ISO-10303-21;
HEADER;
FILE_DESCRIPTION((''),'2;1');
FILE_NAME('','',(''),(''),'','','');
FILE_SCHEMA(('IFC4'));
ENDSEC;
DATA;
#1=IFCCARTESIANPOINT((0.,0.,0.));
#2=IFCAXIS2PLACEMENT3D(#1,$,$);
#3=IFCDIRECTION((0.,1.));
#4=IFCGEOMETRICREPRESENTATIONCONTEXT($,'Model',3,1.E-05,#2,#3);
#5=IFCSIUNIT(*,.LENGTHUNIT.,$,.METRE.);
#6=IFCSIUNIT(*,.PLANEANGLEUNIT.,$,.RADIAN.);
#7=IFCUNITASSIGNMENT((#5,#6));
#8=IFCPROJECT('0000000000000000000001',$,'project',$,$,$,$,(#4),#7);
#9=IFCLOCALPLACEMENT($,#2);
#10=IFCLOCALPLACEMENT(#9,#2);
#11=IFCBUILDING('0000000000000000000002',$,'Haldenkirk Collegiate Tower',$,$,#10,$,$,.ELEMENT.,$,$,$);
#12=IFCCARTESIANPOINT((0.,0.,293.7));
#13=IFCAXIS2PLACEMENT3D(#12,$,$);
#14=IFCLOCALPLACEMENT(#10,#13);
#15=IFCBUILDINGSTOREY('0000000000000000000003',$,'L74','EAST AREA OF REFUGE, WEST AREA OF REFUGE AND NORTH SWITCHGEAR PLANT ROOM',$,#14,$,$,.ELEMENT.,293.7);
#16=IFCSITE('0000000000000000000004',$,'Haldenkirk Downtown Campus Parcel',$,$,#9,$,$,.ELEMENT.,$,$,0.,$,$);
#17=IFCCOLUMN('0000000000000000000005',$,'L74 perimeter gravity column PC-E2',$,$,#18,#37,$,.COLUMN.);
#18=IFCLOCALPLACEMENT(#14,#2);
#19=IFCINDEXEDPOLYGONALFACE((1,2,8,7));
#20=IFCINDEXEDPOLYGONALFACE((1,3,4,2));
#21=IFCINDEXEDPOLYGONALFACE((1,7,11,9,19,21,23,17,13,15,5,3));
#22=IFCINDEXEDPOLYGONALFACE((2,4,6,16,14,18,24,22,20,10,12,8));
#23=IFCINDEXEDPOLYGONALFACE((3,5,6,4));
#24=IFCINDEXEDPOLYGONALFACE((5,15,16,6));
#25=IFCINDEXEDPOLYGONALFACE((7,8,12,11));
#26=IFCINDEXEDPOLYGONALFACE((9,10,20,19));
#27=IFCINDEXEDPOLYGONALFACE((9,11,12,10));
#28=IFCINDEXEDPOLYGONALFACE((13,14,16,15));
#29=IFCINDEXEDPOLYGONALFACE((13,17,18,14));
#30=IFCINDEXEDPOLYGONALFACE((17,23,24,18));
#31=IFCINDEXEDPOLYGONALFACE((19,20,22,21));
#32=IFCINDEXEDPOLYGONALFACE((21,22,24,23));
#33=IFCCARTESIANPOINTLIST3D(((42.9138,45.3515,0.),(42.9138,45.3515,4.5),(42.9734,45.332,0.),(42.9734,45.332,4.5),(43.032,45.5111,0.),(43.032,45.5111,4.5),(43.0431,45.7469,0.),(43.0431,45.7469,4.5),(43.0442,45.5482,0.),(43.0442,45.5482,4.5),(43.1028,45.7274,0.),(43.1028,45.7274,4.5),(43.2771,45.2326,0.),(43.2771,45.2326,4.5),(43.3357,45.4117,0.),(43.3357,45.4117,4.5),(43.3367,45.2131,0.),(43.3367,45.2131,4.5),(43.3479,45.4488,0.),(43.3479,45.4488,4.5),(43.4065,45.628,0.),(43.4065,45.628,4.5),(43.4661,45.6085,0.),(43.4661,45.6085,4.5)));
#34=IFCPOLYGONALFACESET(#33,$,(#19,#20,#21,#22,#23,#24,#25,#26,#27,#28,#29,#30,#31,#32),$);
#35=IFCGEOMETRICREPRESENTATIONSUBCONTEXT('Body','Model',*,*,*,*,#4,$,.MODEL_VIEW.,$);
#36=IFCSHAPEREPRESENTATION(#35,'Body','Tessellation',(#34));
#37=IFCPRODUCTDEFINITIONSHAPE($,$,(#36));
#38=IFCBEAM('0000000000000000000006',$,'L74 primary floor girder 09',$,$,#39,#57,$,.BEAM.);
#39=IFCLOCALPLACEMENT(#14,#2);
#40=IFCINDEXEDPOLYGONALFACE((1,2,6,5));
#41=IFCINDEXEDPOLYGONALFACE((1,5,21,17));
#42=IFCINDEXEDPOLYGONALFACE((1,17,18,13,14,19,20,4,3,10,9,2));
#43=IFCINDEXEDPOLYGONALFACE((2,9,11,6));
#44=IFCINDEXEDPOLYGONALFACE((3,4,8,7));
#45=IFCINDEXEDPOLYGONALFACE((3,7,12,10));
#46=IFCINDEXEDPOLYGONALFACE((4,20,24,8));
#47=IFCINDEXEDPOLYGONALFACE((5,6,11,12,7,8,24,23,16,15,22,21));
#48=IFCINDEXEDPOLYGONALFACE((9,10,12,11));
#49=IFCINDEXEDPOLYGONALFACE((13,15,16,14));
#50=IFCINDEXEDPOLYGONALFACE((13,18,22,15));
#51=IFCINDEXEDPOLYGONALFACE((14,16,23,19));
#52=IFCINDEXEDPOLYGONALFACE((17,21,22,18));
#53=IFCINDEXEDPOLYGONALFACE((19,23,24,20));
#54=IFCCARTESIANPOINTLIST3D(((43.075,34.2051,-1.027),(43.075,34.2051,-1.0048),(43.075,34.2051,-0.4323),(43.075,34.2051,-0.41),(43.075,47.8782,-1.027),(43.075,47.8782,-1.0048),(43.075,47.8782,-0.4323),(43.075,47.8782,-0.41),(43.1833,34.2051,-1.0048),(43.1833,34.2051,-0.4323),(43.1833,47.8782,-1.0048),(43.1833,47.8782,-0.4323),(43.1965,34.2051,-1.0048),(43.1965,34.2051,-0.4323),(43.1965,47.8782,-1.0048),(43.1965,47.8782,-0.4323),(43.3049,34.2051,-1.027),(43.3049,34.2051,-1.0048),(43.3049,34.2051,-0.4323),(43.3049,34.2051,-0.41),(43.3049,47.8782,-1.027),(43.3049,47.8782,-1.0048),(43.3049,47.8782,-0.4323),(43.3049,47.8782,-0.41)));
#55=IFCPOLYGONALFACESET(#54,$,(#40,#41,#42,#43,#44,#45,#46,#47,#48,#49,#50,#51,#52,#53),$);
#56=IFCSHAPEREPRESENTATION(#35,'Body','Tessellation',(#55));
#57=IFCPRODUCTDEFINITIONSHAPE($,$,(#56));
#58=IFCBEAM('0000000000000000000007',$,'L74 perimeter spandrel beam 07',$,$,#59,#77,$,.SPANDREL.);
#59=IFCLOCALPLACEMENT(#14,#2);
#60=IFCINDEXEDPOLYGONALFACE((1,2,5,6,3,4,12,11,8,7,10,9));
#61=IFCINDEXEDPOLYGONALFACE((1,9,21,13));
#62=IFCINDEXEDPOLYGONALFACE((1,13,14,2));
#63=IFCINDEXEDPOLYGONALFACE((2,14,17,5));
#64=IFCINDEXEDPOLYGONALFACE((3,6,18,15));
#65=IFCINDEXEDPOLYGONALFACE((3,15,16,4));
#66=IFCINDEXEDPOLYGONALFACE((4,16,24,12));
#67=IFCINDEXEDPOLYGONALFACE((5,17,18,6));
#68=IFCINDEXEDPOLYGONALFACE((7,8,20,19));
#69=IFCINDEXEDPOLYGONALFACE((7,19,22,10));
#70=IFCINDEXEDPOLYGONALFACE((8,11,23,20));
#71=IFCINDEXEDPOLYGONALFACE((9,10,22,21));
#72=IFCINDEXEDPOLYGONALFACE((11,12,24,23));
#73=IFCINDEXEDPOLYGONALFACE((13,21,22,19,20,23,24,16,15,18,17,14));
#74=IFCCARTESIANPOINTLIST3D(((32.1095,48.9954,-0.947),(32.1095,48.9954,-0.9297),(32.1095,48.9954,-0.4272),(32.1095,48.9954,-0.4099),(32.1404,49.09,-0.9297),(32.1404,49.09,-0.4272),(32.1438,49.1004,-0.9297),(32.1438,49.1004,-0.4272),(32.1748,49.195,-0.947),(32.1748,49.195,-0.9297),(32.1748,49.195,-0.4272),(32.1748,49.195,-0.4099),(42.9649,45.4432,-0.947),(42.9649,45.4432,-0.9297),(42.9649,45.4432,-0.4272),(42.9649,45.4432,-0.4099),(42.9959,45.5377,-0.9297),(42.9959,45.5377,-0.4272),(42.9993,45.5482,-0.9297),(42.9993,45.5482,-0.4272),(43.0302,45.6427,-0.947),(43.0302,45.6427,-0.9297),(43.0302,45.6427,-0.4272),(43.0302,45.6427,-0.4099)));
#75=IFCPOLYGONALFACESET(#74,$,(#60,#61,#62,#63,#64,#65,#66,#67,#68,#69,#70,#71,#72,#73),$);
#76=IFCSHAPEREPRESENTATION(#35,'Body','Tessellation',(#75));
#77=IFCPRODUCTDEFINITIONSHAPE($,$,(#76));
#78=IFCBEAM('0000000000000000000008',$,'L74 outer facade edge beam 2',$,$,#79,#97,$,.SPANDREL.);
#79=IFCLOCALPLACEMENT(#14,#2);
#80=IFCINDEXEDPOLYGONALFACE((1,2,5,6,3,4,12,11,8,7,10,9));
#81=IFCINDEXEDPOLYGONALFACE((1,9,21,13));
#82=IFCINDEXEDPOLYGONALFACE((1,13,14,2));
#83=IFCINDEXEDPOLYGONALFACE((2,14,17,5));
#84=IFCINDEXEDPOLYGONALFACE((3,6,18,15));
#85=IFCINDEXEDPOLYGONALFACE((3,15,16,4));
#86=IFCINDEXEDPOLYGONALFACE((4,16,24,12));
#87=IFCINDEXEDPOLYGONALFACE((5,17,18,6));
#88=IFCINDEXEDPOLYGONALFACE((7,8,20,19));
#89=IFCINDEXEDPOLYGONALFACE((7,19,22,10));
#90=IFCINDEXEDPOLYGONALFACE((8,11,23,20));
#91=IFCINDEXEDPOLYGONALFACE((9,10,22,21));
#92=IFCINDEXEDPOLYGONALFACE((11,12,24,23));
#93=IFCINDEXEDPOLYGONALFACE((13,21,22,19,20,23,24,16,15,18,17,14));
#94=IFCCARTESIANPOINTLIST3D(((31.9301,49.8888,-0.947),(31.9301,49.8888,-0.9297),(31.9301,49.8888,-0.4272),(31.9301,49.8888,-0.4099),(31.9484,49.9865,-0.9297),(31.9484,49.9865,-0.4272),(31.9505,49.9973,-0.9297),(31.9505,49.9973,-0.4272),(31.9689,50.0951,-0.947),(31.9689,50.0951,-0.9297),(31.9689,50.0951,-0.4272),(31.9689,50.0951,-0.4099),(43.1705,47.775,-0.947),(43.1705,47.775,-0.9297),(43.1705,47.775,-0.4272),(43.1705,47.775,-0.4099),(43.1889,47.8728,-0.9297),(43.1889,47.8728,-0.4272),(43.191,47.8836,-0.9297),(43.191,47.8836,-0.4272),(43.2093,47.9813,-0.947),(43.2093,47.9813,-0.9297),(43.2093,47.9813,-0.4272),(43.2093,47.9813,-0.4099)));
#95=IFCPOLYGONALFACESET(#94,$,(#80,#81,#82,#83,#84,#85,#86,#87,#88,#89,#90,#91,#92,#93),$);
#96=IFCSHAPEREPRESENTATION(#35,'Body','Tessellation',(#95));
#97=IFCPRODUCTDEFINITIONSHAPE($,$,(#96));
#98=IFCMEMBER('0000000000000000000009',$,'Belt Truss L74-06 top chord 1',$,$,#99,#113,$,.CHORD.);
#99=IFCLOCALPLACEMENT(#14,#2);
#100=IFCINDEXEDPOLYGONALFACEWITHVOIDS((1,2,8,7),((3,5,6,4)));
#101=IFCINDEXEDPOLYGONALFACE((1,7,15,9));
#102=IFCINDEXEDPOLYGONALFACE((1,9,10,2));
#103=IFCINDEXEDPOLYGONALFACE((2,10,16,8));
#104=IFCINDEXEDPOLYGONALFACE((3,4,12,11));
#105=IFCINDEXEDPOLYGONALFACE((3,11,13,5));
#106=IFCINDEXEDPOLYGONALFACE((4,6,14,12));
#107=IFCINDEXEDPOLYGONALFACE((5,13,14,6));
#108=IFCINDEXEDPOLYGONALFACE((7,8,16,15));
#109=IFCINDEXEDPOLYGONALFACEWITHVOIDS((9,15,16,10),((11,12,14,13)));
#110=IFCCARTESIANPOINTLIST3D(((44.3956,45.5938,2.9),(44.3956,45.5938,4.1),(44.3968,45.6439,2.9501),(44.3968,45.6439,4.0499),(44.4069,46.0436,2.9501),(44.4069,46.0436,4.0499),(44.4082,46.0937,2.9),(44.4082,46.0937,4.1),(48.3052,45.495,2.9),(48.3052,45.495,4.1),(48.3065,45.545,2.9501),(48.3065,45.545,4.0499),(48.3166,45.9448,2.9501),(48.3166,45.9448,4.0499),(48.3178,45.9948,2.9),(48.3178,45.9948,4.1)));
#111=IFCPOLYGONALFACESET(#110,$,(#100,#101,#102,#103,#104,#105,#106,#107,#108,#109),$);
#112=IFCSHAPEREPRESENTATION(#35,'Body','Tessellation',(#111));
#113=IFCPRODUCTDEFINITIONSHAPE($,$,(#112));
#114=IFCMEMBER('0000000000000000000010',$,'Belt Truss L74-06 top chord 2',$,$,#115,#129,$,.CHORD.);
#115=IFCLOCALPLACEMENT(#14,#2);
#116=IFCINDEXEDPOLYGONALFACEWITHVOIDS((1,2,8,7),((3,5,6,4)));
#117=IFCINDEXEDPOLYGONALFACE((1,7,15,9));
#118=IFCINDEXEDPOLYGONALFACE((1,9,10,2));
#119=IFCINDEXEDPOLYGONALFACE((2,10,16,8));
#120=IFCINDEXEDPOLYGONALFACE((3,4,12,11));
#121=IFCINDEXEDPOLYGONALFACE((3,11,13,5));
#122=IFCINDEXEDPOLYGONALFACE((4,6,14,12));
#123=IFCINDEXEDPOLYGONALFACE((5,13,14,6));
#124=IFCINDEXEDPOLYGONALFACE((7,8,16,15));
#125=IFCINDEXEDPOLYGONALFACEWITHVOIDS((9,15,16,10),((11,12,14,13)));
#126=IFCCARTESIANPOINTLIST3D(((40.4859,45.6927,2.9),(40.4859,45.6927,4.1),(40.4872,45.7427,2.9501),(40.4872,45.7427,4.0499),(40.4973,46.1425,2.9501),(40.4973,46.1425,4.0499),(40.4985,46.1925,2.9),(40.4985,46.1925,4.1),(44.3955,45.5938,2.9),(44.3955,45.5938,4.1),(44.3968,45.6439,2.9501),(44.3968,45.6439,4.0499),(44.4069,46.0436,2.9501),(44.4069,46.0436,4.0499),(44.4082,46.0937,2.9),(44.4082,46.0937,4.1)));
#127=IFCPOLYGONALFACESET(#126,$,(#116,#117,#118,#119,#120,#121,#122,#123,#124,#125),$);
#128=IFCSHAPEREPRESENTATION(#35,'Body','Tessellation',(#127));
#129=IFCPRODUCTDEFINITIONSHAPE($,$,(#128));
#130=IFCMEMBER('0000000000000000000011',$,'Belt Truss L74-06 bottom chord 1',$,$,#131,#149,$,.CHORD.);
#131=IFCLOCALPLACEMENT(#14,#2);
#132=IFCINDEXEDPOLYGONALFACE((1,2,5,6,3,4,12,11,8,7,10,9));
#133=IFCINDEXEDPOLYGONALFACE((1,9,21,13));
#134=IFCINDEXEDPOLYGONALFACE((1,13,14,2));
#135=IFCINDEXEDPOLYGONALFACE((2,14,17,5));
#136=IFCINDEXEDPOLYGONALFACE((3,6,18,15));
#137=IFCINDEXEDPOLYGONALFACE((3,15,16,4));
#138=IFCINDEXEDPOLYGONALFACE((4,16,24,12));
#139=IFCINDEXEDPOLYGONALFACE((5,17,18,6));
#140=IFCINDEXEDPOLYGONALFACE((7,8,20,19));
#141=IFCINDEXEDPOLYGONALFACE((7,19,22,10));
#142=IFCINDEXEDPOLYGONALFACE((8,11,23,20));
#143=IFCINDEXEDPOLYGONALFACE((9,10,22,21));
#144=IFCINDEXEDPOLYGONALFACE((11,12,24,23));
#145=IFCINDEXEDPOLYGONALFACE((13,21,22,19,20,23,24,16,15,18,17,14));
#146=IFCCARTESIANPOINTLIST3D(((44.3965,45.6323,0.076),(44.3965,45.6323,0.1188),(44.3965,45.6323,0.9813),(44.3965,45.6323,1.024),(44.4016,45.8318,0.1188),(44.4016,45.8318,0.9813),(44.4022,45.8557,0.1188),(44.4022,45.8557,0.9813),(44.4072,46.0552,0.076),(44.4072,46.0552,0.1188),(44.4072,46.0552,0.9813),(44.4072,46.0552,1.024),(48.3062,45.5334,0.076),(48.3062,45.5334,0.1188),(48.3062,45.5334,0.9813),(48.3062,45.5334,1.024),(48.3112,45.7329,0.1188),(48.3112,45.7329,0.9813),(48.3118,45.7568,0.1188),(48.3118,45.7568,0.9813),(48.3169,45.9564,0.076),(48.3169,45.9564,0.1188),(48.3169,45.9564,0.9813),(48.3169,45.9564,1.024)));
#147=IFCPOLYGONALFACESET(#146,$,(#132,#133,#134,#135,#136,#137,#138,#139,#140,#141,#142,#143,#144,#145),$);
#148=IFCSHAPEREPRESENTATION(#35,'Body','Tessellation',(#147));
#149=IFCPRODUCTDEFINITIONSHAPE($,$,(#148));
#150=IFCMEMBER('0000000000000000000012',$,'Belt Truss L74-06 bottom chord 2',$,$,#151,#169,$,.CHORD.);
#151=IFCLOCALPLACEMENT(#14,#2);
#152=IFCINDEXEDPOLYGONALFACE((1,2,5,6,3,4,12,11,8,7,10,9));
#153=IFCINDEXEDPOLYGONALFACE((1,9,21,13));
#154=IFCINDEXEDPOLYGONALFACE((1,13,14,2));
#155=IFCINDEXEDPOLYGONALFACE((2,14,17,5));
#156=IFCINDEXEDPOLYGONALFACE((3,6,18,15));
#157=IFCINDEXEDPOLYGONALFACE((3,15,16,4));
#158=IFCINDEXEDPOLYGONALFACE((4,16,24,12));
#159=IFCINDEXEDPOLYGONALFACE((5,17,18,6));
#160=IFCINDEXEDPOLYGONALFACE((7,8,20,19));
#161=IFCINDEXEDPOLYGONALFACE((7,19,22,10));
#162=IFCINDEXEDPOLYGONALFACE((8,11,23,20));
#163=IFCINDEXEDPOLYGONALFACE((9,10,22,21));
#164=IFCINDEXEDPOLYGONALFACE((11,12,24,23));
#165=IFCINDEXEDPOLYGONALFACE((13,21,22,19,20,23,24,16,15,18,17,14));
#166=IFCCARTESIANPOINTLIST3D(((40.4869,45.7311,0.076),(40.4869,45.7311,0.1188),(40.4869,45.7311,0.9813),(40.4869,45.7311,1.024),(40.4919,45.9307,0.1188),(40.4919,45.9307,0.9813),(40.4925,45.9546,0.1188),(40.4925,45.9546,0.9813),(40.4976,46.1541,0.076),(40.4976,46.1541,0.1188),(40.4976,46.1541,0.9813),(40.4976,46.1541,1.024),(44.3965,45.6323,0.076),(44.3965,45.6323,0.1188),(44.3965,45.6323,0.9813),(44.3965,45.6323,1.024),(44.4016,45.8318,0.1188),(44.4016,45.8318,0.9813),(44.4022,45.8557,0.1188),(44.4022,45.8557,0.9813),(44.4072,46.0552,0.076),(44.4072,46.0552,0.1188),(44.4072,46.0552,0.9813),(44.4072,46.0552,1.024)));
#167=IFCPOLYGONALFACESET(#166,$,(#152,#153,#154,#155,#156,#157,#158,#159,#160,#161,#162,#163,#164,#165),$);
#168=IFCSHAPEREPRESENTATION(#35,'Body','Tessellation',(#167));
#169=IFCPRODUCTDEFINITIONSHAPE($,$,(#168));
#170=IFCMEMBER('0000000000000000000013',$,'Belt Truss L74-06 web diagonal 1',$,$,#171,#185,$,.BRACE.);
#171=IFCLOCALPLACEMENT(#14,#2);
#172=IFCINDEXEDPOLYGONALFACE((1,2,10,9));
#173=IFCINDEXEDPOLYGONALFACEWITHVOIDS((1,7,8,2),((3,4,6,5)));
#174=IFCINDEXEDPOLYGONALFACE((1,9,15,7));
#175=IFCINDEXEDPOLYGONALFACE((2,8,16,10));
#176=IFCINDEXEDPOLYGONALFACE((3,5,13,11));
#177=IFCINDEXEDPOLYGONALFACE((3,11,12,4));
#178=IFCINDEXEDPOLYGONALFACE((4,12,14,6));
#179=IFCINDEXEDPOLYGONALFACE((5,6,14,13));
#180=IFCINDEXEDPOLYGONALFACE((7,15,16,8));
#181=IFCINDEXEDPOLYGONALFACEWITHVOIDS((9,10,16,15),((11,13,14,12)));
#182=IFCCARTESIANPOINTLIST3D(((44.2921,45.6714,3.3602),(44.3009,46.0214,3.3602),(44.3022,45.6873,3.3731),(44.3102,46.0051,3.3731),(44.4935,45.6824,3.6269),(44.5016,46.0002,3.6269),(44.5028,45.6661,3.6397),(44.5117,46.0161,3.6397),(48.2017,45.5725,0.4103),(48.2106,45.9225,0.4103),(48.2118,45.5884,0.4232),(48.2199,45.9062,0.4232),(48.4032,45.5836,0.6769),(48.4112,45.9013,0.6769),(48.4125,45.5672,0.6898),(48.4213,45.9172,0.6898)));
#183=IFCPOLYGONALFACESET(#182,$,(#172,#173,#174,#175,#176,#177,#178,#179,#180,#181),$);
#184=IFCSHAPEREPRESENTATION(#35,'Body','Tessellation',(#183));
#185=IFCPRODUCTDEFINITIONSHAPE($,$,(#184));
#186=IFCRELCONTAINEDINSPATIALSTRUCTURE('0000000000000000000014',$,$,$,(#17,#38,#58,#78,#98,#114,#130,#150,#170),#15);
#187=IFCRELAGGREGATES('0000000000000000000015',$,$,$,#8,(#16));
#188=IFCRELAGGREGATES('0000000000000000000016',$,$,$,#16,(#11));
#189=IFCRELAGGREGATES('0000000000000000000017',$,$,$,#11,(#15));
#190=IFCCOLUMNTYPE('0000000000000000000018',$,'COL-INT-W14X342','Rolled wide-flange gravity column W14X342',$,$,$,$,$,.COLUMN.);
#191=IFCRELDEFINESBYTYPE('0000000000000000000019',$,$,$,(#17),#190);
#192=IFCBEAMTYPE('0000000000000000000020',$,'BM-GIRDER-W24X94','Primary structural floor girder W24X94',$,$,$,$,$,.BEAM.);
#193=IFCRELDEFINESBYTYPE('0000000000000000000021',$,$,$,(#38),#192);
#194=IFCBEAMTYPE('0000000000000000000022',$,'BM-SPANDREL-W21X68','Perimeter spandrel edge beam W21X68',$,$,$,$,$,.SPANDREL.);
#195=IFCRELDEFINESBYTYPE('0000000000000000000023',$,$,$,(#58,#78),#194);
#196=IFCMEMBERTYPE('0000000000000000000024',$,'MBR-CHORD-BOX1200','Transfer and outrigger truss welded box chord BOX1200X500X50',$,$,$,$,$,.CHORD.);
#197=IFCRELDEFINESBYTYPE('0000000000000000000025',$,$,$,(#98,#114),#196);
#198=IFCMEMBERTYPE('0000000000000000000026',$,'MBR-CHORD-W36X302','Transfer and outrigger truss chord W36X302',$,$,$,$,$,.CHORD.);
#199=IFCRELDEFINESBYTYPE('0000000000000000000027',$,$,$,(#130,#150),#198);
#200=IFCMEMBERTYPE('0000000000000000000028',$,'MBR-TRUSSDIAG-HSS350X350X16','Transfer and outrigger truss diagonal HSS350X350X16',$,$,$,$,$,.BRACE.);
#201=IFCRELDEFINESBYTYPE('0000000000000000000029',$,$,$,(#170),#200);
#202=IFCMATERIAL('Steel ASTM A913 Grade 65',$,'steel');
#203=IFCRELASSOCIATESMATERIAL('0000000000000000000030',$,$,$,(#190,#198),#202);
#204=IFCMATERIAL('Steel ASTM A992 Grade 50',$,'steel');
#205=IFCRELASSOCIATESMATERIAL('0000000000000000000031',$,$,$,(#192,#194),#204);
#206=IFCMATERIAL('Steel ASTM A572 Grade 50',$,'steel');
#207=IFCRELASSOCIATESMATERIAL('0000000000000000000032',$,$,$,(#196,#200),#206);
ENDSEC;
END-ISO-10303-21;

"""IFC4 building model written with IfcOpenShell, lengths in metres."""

from ifc_helpers import new_model, si_unit, direction, frame, origin, origin_2d, place, context, subcontext, project, spatial, hollow_rectangle, i_section, extrude, material, material_profile, profile_set, type_object, element, save


model = new_model("IFC4")

# Units and contexts
model_context = context("Model", 3, precision=1e-05, world=origin(), true_north=direction((0.0, 1.0)))
body_context = subcontext(model_context, "Body", "Model", "MODEL_VIEW")
ifc_project = project(units=[si_unit("LENGTHUNIT", "METRE"), si_unit("PLANEANGLEUNIT", "RADIAN")], contexts=[model_context])

# Site, building, storey
site_placement = place(None, origin())
site = spatial("IfcSite", under=ifc_project, at=site_placement, Name="Haldenkirk Downtown Campus Parcel", CompositionType="ELEMENT", RefElevation=0.0)
building_placement = place(site_placement, origin())
building = spatial("IfcBuilding", under=site, at=building_placement, Name="Haldenkirk Collegiate Tower", CompositionType="ELEMENT")
storey_placement = place(building_placement, frame((0.0, 0.0, 293.7)))
storey = spatial("IfcBuildingStorey", under=building, at=storey_placement, Name="L74", Description="EAST AREA OF REFUGE, WEST AREA OF REFUGE AND NORTH SWITCHGEAR PLANT ROOM", CompositionType="ELEMENT", Elevation=293.7)

# Column
ifc_material_1 = material(Name="Steel ASTM A913 Grade 65", Category="steel")
ifc_material_profile_1 = material_profile(ifc_material_1, i_section(OverallWidth=0.416, OverallDepth=0.4451, WebThickness=0.0391, FlangeThickness=0.0627, at=origin_2d()), Name="W14X342")
ifc_profile_set_1 = profile_set([ifc_material_profile_1], Name="Steel ASTM A913 Grade 65")
column_type = type_object("IfcColumnType", Name="COL-INT-W14X342", Description="Rolled wide-flange gravity column W14X342", PredefinedType="COLUMN", material=ifc_profile_set_1)
column_placement = place(storey_placement, frame((43.1899, 45.48, 0.0), z_axis=(0.0, 0.0, 1.0), x_axis=(0.311008, 0.950407, 0.0)))
element("IfcColumn", 1, at=column_placement, inside=storey, type_object=column_type, Name="L74 perimeter gravity column PC-E2", PredefinedType="COLUMN", context=body_context, shape_type="SweptSolid", body=[
    extrude(i_section(OverallWidth=0.416, OverallDepth=0.4451, WebThickness=0.0391, FlangeThickness=0.0627, at=origin_2d()), origin(), (0.0, 0.0, 1.0), 4.5),
])

# Beams
ifc_material_2 = material(Name="Steel ASTM A992 Grade 50", Category="steel")
ifc_material_profile_2 = material_profile(ifc_material_2, i_section(OverallWidth=0.23, OverallDepth=0.6169, WebThickness=0.0132, FlangeThickness=0.0222, at=origin_2d()), Name="W24X94")
ifc_profile_set_2 = profile_set([ifc_material_profile_2], Name="Steel ASTM A992 Grade 50")
beam_type_1 = type_object("IfcBeamType", Name="BM-GIRDER-W24X94", Description="Primary structural floor girder W24X94", PredefinedType="BEAM", material=ifc_profile_set_2)
beam_1_placement = place(storey_placement, frame((43.1899, 47.8782, -0.7185), z_axis=(0.0, -1.0, 0.0), x_axis=(1.0, 0.0, 0.0)))
element("IfcBeam", 2, at=beam_1_placement, inside=storey, type_object=beam_type_1, Name="L74 primary floor girder 09", PredefinedType="BEAM", context=body_context, shape_type="SweptSolid", body=[
    extrude(i_section(OverallWidth=0.23, OverallDepth=0.6169, WebThickness=0.0132, FlangeThickness=0.0222, at=origin_2d()), origin(), (0.0, 0.0, 1.0), 13.6731),
])
ifc_material_profile_3 = material_profile(ifc_material_2, i_section(OverallWidth=0.21, OverallDepth=0.5371, WebThickness=0.011, FlangeThickness=0.0173, at=origin_2d()), Name="W21X68")
ifc_profile_set_3 = profile_set([ifc_material_profile_3], Name="Steel ASTM A992 Grade 50")
beam_type_2 = type_object("IfcBeamType", Name="BM-SPANDREL-W21X68", Description="Perimeter spandrel edge beam W21X68", PredefinedType="SPANDREL", material=ifc_profile_set_3)
beam_2_placement = place(storey_placement, frame((42.9976, 45.543, -0.6785), z_axis=(-0.950409, 0.311003, 0.0), x_axis=(-0.311003, -0.950409, 0.0)))
element("IfcBeam", 3, at=beam_2_placement, inside=storey, type_object=beam_type_2, Name="L74 perimeter spandrel beam 07", PredefinedType="SPANDREL", context=body_context, shape_type="SweptSolid", body=[
    extrude(i_section(OverallWidth=0.21, OverallDepth=0.5371, WebThickness=0.011, FlangeThickness=0.0173, at=origin_2d()), origin(), (0.0, 0.0, 1.0), 11.4219),
])
beam_3_placement = place(storey_placement, frame((43.1899, 47.8782, -0.6785), z_axis=(-0.982774, 0.18481, 0.0), x_axis=(-0.18481, -0.982774, 0.0)))
element("IfcBeam", 4, at=beam_3_placement, inside=storey, type_object=beam_type_2, Name="L74 outer facade edge beam 2", PredefinedType="SPANDREL", context=body_context, shape_type="SweptSolid", body=[
    extrude(i_section(OverallWidth=0.21, OverallDepth=0.5371, WebThickness=0.011, FlangeThickness=0.0173, at=origin_2d()), origin(), (0.0, 0.0, 1.0), 11.4375),
])

# Members
ifc_material_3 = material(Name="Steel ASTM A572 Grade 50", Category="steel")
ifc_material_profile_4 = material_profile(ifc_material_3, hollow_rectangle(XDim=0.5, YDim=1.2, WallThickness=0.05, at=origin_2d()), Name="BOX1200X500X50")
ifc_profile_set_4 = profile_set([ifc_material_profile_4], Name="Steel ASTM A572 Grade 50")
member_type_1 = type_object("IfcMemberType", Name="MBR-CHORD-BOX1200", Description="Transfer and outrigger truss welded box chord BOX1200X500X50", PredefinedType="CHORD", material=ifc_profile_set_4)
for number, where, z_axis, x_axis, name in (
    (5, (48.3115, 45.7449, 3.5), (-0.99968, 0.025282, 0.0), (-0.025282, -0.99968, 0.0), "Belt Truss L74-06 top chord 1"),
    (6, (44.4019, 45.8438, 3.5), (-0.99968, 0.025282, 0.0), (-0.025282, -0.99968, 0.0), "Belt Truss L74-06 top chord 2"),
):
    element("IfcMember", number, at=place(storey_placement, frame(where, z_axis=z_axis, x_axis=x_axis)), inside=storey, type_object=member_type_1, Name=name, PredefinedType="CHORD", context=body_context, shape_type="SweptSolid", body=[
        extrude(hollow_rectangle(XDim=0.5, YDim=1.2, WallThickness=0.05, at=origin_2d()), origin(), (0.0, 0.0, 1.0), 3.9109),
    ])
ifc_material_profile_5 = material_profile(ifc_material_1, i_section(OverallWidth=0.4231, OverallDepth=0.948, WebThickness=0.0239, FlangeThickness=0.0427, at=origin_2d()), Name="W36X302")
ifc_profile_set_5 = profile_set([ifc_material_profile_5], Name="Steel ASTM A913 Grade 65")
member_type_2 = type_object("IfcMemberType", Name="MBR-CHORD-W36X302", Description="Transfer and outrigger truss chord W36X302", PredefinedType="CHORD", material=ifc_profile_set_5)
for number, where, z_axis, x_axis, name in (
    (7, (48.3115, 45.7449, 0.55), (-0.99968, 0.025282, 0.0), (-0.025282, -0.99968, 0.0), "Belt Truss L74-06 bottom chord 1"),
    (8, (44.4019, 45.8438, 0.55), (-0.99968, 0.025282, 0.0), (-0.025282, -0.99968, 0.0), "Belt Truss L74-06 bottom chord 2"),
):
    element("IfcMember", number, at=place(storey_placement, frame(where, z_axis=z_axis, x_axis=x_axis)), inside=storey, type_object=member_type_2, Name=name, PredefinedType="CHORD", context=body_context, shape_type="SweptSolid", body=[
        extrude(i_section(OverallWidth=0.4231, OverallDepth=0.948, WebThickness=0.0239, FlangeThickness=0.0427, at=origin_2d()), origin(), (0.0, 0.0, 1.0), 3.9109),
    ])
ifc_material_profile_6 = material_profile(ifc_material_3, hollow_rectangle(XDim=0.3501, YDim=0.3501, WallThickness=0.0161, at=origin_2d()), Name="HSS350X350X16")
ifc_profile_set_6 = profile_set([ifc_material_profile_6], Name="Steel ASTM A572 Grade 50")
member_type_3 = type_object("IfcMemberType", Name="MBR-TRUSSDIAG-HSS350X350X16", Description="Transfer and outrigger truss diagonal HSS350X350X16", PredefinedType="BRACE", material=ifc_profile_set_6)
for number, where, z_axis, x_axis, name in (
    (9, (48.3115, 45.7449, 0.55), (-0.798099, 0.020184, 0.602188), (-0.025282, -0.99968, 0.0), "Belt Truss L74-06 web diagonal 1"),
):
    element("IfcMember", number, at=place(storey_placement, frame(where, z_axis=z_axis, x_axis=x_axis)), inside=storey, type_object=member_type_3, Name=name, PredefinedType="BRACE", context=body_context, shape_type="SweptSolid", body=[
        extrude(hollow_rectangle(XDim=0.3501, YDim=0.3501, WallThickness=0.0161, at=origin_2d()), origin(), (0.0, 0.0, 1.0), 4.8987),
    ])

save(model, "model.ifc")
